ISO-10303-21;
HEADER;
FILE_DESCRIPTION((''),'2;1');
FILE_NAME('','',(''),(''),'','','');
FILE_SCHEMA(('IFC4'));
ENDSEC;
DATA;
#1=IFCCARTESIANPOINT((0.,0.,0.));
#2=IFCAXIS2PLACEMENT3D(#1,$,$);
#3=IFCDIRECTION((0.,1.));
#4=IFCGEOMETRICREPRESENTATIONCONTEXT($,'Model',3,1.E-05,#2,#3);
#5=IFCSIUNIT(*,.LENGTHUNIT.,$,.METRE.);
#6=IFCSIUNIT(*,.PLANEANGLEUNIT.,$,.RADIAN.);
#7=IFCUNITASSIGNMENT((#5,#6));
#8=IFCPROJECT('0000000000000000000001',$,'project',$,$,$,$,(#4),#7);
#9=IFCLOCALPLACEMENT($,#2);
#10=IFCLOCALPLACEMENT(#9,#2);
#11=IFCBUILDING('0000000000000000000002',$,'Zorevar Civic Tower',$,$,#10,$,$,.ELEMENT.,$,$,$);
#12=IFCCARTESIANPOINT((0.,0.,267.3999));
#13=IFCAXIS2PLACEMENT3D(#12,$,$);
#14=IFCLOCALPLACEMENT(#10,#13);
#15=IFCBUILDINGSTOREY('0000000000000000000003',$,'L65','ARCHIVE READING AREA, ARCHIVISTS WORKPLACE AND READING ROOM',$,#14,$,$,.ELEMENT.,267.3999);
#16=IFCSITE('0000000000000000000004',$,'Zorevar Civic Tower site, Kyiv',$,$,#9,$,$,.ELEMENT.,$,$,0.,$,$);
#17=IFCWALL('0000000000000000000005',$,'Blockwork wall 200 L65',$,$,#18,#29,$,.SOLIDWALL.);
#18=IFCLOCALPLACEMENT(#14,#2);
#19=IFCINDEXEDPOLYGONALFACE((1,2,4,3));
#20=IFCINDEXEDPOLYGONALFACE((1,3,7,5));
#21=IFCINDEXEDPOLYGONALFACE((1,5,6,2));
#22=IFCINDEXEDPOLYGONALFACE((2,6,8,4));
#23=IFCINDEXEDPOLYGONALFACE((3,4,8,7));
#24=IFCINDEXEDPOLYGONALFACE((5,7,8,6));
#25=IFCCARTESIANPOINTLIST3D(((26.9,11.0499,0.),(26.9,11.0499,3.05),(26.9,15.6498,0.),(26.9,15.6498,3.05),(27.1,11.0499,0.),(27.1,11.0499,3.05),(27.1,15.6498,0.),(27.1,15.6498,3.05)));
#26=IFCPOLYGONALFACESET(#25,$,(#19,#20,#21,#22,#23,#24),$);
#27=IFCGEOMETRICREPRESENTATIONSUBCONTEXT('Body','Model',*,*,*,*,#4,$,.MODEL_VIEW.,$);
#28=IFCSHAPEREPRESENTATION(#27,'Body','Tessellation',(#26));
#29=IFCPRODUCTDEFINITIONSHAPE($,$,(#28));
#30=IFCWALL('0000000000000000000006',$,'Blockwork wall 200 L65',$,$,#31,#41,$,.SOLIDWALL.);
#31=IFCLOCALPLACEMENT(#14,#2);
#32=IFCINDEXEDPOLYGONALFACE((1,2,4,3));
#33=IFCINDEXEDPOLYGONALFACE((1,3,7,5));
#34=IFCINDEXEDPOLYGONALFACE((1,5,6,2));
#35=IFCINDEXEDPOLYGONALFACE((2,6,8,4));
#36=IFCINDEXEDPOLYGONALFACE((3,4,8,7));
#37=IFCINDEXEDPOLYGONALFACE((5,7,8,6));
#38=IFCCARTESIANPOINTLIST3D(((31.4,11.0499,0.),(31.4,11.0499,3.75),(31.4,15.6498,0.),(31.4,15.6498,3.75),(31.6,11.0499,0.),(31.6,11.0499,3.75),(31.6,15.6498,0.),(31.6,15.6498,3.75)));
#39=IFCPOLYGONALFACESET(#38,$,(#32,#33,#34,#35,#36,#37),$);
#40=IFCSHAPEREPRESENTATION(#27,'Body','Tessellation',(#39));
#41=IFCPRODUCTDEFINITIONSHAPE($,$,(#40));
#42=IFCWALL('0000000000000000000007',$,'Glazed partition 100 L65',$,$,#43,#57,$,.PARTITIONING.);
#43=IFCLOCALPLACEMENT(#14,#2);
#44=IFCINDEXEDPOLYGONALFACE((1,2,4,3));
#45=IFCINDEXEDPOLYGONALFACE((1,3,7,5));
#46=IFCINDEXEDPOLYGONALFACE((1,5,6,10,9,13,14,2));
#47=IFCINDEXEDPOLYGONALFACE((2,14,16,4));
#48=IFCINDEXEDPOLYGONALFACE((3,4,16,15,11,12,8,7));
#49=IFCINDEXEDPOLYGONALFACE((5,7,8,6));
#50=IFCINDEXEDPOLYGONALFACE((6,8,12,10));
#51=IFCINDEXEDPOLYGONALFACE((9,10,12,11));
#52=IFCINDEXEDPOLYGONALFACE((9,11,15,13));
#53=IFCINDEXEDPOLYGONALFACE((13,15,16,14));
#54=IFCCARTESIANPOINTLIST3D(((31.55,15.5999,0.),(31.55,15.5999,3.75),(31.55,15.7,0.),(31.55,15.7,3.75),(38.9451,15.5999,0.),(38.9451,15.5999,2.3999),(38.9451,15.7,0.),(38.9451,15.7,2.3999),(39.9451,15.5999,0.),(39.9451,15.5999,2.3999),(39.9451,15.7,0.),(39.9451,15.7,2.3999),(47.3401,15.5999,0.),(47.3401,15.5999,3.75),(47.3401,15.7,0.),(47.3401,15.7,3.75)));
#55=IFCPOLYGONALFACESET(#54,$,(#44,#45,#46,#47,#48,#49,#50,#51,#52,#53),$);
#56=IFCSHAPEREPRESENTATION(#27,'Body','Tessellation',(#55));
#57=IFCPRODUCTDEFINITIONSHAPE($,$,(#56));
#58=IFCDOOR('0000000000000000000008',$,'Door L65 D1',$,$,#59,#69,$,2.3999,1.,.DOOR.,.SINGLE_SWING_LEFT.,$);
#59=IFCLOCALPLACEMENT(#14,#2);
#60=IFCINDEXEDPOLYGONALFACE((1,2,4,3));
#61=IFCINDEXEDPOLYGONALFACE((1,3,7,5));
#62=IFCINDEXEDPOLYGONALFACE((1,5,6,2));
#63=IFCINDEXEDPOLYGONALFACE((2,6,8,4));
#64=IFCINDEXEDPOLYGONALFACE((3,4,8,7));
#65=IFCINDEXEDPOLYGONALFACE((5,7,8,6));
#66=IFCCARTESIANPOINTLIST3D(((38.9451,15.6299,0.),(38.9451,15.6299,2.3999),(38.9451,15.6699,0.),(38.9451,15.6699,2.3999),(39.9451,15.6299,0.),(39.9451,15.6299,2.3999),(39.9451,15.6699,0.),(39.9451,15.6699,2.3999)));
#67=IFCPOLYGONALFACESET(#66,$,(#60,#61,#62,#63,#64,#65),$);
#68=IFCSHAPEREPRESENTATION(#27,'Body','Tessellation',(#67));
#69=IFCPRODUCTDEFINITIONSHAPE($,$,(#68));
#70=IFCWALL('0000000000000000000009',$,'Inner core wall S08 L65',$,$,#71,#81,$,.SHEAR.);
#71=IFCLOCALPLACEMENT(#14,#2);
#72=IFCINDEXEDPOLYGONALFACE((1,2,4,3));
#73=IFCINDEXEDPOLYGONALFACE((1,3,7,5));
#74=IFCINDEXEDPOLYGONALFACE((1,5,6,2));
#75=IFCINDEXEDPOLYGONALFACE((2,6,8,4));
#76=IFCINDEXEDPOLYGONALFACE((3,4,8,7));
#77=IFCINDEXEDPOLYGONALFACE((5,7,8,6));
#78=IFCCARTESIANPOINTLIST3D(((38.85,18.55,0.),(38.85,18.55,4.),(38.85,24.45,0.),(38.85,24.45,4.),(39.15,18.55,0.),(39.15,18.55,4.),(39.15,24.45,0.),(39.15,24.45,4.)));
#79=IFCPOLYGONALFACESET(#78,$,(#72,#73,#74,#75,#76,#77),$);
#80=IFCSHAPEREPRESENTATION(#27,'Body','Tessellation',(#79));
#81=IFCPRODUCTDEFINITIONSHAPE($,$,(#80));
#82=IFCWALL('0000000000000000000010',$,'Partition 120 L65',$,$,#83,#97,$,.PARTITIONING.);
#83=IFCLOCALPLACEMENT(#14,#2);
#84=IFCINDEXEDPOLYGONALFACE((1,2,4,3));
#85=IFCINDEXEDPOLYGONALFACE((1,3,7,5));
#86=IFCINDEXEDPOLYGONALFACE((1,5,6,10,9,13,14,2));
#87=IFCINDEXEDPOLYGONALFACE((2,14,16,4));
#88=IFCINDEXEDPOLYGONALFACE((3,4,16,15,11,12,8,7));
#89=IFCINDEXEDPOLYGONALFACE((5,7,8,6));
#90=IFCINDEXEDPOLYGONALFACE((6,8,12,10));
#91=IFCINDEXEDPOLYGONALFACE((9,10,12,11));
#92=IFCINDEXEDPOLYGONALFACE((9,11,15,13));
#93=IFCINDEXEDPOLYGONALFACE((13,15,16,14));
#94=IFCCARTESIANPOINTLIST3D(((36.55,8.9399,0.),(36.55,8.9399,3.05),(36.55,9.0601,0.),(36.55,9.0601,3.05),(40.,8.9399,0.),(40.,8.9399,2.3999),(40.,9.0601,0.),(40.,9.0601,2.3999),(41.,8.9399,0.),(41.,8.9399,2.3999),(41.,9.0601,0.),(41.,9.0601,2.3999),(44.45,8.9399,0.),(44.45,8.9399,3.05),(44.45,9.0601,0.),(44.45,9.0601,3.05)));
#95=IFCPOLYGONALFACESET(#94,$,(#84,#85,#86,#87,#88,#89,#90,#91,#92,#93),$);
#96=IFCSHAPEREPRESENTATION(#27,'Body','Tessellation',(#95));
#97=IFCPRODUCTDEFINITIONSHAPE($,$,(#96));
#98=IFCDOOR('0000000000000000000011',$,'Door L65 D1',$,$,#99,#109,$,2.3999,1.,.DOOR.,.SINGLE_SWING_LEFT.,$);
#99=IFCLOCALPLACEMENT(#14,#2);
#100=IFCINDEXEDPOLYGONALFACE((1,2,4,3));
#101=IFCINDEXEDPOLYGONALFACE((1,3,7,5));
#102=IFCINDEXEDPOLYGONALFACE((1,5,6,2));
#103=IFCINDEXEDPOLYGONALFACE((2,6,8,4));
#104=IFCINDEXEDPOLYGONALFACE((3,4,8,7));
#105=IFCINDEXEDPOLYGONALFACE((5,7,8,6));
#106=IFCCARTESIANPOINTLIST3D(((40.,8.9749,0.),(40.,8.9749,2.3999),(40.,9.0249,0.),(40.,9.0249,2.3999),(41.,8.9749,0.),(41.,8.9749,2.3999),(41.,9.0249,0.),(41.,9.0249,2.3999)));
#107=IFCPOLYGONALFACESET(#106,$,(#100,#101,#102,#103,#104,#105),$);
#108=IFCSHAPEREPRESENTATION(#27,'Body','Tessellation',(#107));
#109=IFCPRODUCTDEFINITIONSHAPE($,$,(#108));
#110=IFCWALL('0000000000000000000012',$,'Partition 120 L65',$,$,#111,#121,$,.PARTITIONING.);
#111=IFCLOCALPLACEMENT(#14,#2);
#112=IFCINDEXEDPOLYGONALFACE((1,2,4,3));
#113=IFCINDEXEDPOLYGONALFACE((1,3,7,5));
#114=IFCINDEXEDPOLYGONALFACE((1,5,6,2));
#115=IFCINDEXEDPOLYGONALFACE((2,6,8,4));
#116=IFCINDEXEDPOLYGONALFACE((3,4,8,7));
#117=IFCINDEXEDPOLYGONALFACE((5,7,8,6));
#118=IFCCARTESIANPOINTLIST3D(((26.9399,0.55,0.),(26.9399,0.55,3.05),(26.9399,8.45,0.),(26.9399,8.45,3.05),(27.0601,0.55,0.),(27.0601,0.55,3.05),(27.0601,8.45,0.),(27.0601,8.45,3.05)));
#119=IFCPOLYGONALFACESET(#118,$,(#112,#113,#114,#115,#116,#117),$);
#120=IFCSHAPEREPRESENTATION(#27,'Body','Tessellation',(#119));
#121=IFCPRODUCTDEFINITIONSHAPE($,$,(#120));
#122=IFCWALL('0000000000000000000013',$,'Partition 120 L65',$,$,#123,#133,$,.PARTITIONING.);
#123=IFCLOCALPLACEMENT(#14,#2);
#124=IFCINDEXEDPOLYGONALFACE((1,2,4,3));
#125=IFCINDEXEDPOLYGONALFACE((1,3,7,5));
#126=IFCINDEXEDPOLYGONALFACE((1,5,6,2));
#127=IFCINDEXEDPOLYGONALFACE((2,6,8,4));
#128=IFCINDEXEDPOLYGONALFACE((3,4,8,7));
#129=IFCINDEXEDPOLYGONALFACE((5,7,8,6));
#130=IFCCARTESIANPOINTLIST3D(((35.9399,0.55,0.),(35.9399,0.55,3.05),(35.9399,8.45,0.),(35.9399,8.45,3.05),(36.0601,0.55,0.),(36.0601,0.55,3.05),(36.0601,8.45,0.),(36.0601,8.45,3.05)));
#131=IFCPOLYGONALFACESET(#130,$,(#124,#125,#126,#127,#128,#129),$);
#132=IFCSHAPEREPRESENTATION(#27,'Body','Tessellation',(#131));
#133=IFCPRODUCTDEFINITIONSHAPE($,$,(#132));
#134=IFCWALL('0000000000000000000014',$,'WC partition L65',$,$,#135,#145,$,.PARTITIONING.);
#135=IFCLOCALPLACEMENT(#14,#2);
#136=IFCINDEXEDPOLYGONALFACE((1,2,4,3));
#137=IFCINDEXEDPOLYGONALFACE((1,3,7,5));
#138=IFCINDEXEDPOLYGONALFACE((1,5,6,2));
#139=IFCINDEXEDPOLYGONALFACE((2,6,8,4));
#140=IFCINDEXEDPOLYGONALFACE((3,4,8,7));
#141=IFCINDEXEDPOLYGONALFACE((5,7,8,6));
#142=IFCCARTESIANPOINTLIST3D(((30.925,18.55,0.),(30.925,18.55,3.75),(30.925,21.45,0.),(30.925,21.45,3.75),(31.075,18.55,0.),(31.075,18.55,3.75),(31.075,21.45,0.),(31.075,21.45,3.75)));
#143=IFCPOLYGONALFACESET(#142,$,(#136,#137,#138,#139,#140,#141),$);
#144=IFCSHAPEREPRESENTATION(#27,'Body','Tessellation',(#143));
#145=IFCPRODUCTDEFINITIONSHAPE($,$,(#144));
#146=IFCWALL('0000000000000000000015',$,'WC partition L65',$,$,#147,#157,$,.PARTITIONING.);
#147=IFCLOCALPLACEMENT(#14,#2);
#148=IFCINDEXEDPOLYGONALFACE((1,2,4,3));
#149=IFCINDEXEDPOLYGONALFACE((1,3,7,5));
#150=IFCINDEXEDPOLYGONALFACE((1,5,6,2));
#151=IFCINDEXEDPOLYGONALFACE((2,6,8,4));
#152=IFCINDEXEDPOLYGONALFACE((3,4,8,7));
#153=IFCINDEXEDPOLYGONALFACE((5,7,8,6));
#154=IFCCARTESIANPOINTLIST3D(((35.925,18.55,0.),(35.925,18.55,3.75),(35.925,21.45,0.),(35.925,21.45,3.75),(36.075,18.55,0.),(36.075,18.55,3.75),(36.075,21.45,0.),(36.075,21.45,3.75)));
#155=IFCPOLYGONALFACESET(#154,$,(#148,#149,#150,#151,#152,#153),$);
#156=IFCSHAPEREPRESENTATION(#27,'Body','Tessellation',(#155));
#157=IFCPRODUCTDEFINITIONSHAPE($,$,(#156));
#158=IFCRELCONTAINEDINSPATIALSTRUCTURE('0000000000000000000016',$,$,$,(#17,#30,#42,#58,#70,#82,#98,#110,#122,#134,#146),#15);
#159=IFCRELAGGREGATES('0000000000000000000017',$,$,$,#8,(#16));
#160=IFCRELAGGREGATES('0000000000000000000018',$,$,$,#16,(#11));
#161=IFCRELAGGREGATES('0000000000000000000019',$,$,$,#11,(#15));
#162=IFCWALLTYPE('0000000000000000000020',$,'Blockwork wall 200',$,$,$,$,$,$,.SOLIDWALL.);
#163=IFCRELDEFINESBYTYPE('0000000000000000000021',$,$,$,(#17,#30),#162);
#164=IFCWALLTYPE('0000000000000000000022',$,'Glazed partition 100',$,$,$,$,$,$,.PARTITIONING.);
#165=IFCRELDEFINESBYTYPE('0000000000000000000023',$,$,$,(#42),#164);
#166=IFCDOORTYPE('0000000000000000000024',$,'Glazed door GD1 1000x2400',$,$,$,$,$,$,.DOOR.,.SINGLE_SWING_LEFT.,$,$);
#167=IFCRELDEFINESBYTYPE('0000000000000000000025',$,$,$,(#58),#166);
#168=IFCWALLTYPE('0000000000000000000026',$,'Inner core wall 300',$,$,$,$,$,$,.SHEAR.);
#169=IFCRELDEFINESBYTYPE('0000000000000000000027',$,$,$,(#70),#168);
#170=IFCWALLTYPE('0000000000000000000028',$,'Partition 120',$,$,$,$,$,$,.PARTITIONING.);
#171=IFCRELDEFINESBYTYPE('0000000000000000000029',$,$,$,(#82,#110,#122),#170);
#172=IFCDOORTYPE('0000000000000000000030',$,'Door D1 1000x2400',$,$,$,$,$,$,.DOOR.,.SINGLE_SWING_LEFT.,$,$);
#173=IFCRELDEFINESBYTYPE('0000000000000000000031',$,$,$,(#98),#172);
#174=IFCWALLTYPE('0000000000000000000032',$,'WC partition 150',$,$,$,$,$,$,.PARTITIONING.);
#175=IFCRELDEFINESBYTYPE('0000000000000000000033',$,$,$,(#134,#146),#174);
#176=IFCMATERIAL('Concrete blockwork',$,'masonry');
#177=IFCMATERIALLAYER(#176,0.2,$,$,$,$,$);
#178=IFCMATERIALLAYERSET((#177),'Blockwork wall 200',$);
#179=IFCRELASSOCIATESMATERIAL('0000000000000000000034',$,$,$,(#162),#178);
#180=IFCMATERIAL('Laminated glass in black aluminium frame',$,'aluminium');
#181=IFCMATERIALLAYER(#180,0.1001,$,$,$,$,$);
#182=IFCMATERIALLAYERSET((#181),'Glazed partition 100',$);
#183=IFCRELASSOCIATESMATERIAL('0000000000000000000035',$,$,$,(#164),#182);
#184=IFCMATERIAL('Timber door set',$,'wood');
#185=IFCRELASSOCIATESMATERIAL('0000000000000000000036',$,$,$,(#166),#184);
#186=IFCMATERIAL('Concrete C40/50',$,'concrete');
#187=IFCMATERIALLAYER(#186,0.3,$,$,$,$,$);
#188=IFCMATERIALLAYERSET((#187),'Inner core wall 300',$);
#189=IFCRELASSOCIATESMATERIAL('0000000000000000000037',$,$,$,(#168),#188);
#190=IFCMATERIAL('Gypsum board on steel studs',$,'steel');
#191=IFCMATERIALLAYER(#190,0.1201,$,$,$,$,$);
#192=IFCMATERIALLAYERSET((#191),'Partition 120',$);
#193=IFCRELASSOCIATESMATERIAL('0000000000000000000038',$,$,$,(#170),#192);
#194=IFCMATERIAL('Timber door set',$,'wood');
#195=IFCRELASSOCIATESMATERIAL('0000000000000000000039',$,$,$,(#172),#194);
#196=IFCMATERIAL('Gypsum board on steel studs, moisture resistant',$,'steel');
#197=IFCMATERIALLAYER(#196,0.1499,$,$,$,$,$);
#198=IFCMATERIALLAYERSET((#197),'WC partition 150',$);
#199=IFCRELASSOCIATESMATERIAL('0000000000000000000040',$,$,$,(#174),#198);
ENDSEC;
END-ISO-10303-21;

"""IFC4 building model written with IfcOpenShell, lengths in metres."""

from ifc_helpers import new_model, si_unit, direction, frame, frame_2d, origin, place, context, subcontext, project, spatial, rectangle, extrude, material, layer, layer_set, type_object, element, fill, save


model = new_model("IFC4")

# Units and contexts
model_context = context("Model", 3, precision=1e-05, world=origin(), true_north=direction((0.0, 1.0)))
body_context = subcontext(model_context, "Body", "Model", "MODEL_VIEW")
ifc_project = project(units=[si_unit("LENGTHUNIT", "METRE"), si_unit("PLANEANGLEUNIT", "RADIAN")], contexts=[model_context])

# Site, building, storey
site_placement = place(None, origin())
site = spatial("IfcSite", under=ifc_project, at=site_placement, Name="Zorevar Civic Tower site, Kyiv", CompositionType="ELEMENT", RefElevation=0.0)
building_placement = place(site_placement, origin())
building = spatial("IfcBuilding", under=site, at=building_placement, Name="Zorevar Civic Tower", CompositionType="ELEMENT")
storey_placement = place(building_placement, frame((0.0, 0.0, 267.3999)))
storey = spatial("IfcBuildingStorey", under=building, at=storey_placement, Name="L65", Description="ARCHIVE READING AREA, ARCHIVISTS WORKPLACE AND READING ROOM", CompositionType="ELEMENT", Elevation=267.3999)

# Shared definitions
ifc_material_1 = material(Name="Concrete blockwork", Category="masonry")
ifc_layer_1 = layer(ifc_material_1, 0.2)
ifc_layer_set_1 = layer_set([ifc_layer_1], Name="Blockwork wall 200")
wall_type_1 = type_object("IfcWallType", Name="Blockwork wall 200", PredefinedType="SOLIDWALL", material=ifc_layer_set_1)

# Walls
wall_1_placement = place(storey_placement, frame((27.0, 11.05, 0.0), z_axis=(0.0, 0.0, 1.0), x_axis=(0.0, 1.0, 0.0)))
element("IfcWall", 1, at=wall_1_placement, inside=storey, type_object=wall_type_1, Name="Blockwork wall 200 L65", PredefinedType="SOLIDWALL", context=body_context, shape_type="SweptSolid", body=[
    extrude(rectangle(XDim=4.5999, YDim=0.2, at=frame_2d((2.2998, 0.0))), origin(), (0.0, 0.0, 1.0), 3.05),
])
wall_2_placement = place(storey_placement, frame((31.5, 11.05, 0.0), z_axis=(0.0, 0.0, 1.0), x_axis=(0.0, 1.0, 0.0)))
element("IfcWall", 2, at=wall_2_placement, inside=storey, type_object=wall_type_1, Name="Blockwork wall 200 L65", PredefinedType="SOLIDWALL", context=body_context, shape_type="SweptSolid", body=[
    extrude(rectangle(XDim=4.5999, YDim=0.2, at=frame_2d((2.2998, 0.0))), origin(), (0.0, 0.0, 1.0), 3.75),
])

# Wall, opening, door
ifc_material_2 = material(Name="Laminated glass in black aluminium frame", Category="aluminium")
ifc_layer_2 = layer(ifc_material_2, 0.1001)
ifc_layer_set_2 = layer_set([ifc_layer_2], Name="Glazed partition 100")
wall_type_2 = type_object("IfcWallType", Name="Glazed partition 100", PredefinedType="PARTITIONING", material=ifc_layer_set_2)
wall_3_placement = place(storey_placement, frame((31.55, 15.6499, 0.0), z_axis=(0.0, 0.0, 1.0), x_axis=(1.0, 0.0, 0.0)))
wall_3 = element("IfcWall", 3, at=wall_3_placement, inside=storey, type_object=wall_type_2, Name="Glazed partition 100 L65", PredefinedType="PARTITIONING", context=body_context, shape_type="SweptSolid", body=[
    extrude(rectangle(XDim=15.79, YDim=0.1001, at=frame_2d((7.895, 0.0))), origin(), (0.0, 0.0, 1.0), 3.75),
])
opening_1_placement = place(wall_3_placement, frame((7.395, 0.0, 0.0)))
opening_1 = element("IfcOpeningElement", 4, at=opening_1_placement, cuts=wall_3, PredefinedType="OPENING", context=body_context, shape_type="SweptSolid", body=[
    extrude(rectangle(XDim=1.0, YDim=2.3999, at=frame_2d((0.5, 1.2))), frame((0.0, 0.0601, 0.0), z_axis=(0.0, -1.0, 0.0), x_axis=(1.0, 0.0, 0.0)), (0.0, 0.0, 1.0), 0.1201),
])
ifc_material_3 = material(Name="Timber door set", Category="wood")
door_type_1 = type_object("IfcDoorType", Name="Glazed door GD1 1000x2400", OperationType="SINGLE_SWING_LEFT", PredefinedType="DOOR", material=ifc_material_3)
door_1_placement = place(opening_1_placement, origin())
door_1 = element("IfcDoor", 5, at=door_1_placement, inside=storey, type_object=door_type_1, Name="Door L65 D1", OperationType="SINGLE_SWING_LEFT", OverallHeight=2.3999, OverallWidth=1.0, PredefinedType="DOOR", context=body_context, shape_type="SweptSolid", body=[
    extrude(rectangle(XDim=1.0, YDim=2.3999, at=frame_2d((0.5, 1.2))), frame((0.0, 0.02, 0.0), z_axis=(0.0, -1.0, 0.0), x_axis=(1.0, 0.0, 0.0)), (0.0, 0.0, 1.0), 0.04),
])
fill(opening_1, door_1)

# Wall
ifc_material_4 = material(Name="Concrete C40/50", Category="concrete")
ifc_layer_3 = layer(ifc_material_4, 0.3)
ifc_layer_set_3 = layer_set([ifc_layer_3], Name="Inner core wall 300")
wall_type_3 = type_object("IfcWallType", Name="Inner core wall 300", PredefinedType="SHEAR", material=ifc_layer_set_3)
wall_4_placement = place(storey_placement, frame((39.0, 18.55, 0.0), z_axis=(0.0, 0.0, 1.0), x_axis=(0.0, 1.0, 0.0)))
element("IfcWall", 6, at=wall_4_placement, inside=storey, type_object=wall_type_3, Name="Inner core wall S08 L65", PredefinedType="SHEAR", context=body_context, shape_type="SweptSolid", body=[
    extrude(rectangle(XDim=5.8999, YDim=0.3, at=frame_2d((2.95, 0.0))), origin(), (0.0, 0.0, 1.0), 4.0),
])

# Wall, opening, door
ifc_material_5 = material(Name="Gypsum board on steel studs", Category="steel")
ifc_layer_4 = layer(ifc_material_5, 0.1201)
ifc_layer_set_4 = layer_set([ifc_layer_4], Name="Partition 120")
wall_type_4 = type_object("IfcWallType", Name="Partition 120", PredefinedType="PARTITIONING", material=ifc_layer_set_4)
wall_5_placement = place(storey_placement, frame((36.55, 9.0, 0.0), z_axis=(0.0, 0.0, 1.0), x_axis=(1.0, 0.0, 0.0)))
wall_5 = element("IfcWall", 7, at=wall_5_placement, inside=storey, type_object=wall_type_4, Name="Partition 120 L65", PredefinedType="PARTITIONING", context=body_context, shape_type="SweptSolid", body=[
    extrude(rectangle(XDim=7.8999, YDim=0.1201, at=frame_2d((3.95, 0.0))), origin(), (0.0, 0.0, 1.0), 3.05),
])
opening_2_placement = place(wall_5_placement, frame((3.45, 0.0, 0.0)))
opening_2 = element("IfcOpeningElement", 8, at=opening_2_placement, cuts=wall_5, PredefinedType="OPENING", context=body_context, shape_type="SweptSolid", body=[
    extrude(rectangle(XDim=1.0, YDim=2.3999, at=frame_2d((0.5, 1.2))), frame((0.0, 0.0701, 0.0), z_axis=(0.0, -1.0, 0.0), x_axis=(1.0, 0.0, 0.0)), (0.0, 0.0, 1.0), 0.1401),
])
ifc_material_6 = material(Name="Timber door set", Category="wood")
door_type_2 = type_object("IfcDoorType", Name="Door D1 1000x2400", OperationType="SINGLE_SWING_LEFT", PredefinedType="DOOR", material=ifc_material_6)
door_2_placement = place(opening_2_placement, origin())
door_2 = element("IfcDoor", 9, at=door_2_placement, inside=storey, type_object=door_type_2, Name="Door L65 D1", OperationType="SINGLE_SWING_LEFT", OverallHeight=2.3999, OverallWidth=1.0, PredefinedType="DOOR", context=body_context, shape_type="SweptSolid", body=[
    extrude(rectangle(XDim=1.0, YDim=2.3999, at=frame_2d((0.5, 1.2))), frame((0.0, 0.0249, 0.0), z_axis=(0.0, -1.0, 0.0), x_axis=(1.0, 0.0, 0.0)), (0.0, 0.0, 1.0), 0.05),
])
fill(opening_2, door_2)

# Walls
for number, where, z_axis, x_axis, name in (
    (10, (27.0, 0.55, 0.0), (0.0, 0.0, 1.0), (0.0, 1.0, 0.0), "Partition 120 L65"),
    (11, (36.0, 0.55, 0.0), (0.0, 0.0, 1.0), (0.0, 1.0, 0.0), "Partition 120 L65"),
):
    element("IfcWall", number, at=place(storey_placement, frame(where, z_axis=z_axis, x_axis=x_axis)), inside=storey, type_object=wall_type_4, Name=name, PredefinedType="PARTITIONING", context=body_context, shape_type="SweptSolid", body=[
        extrude(rectangle(XDim=7.8999, YDim=0.1201, at=frame_2d((3.95, 0.0))), origin(), (0.0, 0.0, 1.0), 3.05),
    ])

# Walls
ifc_material_7 = material(Name="Gypsum board on steel studs, moisture resistant", Category="steel")
ifc_layer_5 = layer(ifc_material_7, 0.1499)
ifc_layer_set_5 = layer_set([ifc_layer_5], Name="WC partition 150")
wall_type_5 = type_object("IfcWallType", Name="WC partition 150", PredefinedType="PARTITIONING", material=ifc_layer_set_5)
for number, where, z_axis, x_axis, name in (
    (12, (31.0, 18.55, 0.0), (0.0, 0.0, 1.0), (0.0, 1.0, 0.0), "WC partition L65"),
    (13, (36.0, 18.55, 0.0), (0.0, 0.0, 1.0), (0.0, 1.0, 0.0), "WC partition L65"),
):
    element("IfcWall", number, at=place(storey_placement, frame(where, z_axis=z_axis, x_axis=x_axis)), inside=storey, type_object=wall_type_5, Name=name, PredefinedType="PARTITIONING", context=body_context, shape_type="SweptSolid", body=[
        extrude(rectangle(XDim=2.8999, YDim=0.1499, at=frame_2d((1.45, 0.0))), origin(), (0.0, 0.0, 1.0), 3.75),
    ])

save(model, "model.ifc")
